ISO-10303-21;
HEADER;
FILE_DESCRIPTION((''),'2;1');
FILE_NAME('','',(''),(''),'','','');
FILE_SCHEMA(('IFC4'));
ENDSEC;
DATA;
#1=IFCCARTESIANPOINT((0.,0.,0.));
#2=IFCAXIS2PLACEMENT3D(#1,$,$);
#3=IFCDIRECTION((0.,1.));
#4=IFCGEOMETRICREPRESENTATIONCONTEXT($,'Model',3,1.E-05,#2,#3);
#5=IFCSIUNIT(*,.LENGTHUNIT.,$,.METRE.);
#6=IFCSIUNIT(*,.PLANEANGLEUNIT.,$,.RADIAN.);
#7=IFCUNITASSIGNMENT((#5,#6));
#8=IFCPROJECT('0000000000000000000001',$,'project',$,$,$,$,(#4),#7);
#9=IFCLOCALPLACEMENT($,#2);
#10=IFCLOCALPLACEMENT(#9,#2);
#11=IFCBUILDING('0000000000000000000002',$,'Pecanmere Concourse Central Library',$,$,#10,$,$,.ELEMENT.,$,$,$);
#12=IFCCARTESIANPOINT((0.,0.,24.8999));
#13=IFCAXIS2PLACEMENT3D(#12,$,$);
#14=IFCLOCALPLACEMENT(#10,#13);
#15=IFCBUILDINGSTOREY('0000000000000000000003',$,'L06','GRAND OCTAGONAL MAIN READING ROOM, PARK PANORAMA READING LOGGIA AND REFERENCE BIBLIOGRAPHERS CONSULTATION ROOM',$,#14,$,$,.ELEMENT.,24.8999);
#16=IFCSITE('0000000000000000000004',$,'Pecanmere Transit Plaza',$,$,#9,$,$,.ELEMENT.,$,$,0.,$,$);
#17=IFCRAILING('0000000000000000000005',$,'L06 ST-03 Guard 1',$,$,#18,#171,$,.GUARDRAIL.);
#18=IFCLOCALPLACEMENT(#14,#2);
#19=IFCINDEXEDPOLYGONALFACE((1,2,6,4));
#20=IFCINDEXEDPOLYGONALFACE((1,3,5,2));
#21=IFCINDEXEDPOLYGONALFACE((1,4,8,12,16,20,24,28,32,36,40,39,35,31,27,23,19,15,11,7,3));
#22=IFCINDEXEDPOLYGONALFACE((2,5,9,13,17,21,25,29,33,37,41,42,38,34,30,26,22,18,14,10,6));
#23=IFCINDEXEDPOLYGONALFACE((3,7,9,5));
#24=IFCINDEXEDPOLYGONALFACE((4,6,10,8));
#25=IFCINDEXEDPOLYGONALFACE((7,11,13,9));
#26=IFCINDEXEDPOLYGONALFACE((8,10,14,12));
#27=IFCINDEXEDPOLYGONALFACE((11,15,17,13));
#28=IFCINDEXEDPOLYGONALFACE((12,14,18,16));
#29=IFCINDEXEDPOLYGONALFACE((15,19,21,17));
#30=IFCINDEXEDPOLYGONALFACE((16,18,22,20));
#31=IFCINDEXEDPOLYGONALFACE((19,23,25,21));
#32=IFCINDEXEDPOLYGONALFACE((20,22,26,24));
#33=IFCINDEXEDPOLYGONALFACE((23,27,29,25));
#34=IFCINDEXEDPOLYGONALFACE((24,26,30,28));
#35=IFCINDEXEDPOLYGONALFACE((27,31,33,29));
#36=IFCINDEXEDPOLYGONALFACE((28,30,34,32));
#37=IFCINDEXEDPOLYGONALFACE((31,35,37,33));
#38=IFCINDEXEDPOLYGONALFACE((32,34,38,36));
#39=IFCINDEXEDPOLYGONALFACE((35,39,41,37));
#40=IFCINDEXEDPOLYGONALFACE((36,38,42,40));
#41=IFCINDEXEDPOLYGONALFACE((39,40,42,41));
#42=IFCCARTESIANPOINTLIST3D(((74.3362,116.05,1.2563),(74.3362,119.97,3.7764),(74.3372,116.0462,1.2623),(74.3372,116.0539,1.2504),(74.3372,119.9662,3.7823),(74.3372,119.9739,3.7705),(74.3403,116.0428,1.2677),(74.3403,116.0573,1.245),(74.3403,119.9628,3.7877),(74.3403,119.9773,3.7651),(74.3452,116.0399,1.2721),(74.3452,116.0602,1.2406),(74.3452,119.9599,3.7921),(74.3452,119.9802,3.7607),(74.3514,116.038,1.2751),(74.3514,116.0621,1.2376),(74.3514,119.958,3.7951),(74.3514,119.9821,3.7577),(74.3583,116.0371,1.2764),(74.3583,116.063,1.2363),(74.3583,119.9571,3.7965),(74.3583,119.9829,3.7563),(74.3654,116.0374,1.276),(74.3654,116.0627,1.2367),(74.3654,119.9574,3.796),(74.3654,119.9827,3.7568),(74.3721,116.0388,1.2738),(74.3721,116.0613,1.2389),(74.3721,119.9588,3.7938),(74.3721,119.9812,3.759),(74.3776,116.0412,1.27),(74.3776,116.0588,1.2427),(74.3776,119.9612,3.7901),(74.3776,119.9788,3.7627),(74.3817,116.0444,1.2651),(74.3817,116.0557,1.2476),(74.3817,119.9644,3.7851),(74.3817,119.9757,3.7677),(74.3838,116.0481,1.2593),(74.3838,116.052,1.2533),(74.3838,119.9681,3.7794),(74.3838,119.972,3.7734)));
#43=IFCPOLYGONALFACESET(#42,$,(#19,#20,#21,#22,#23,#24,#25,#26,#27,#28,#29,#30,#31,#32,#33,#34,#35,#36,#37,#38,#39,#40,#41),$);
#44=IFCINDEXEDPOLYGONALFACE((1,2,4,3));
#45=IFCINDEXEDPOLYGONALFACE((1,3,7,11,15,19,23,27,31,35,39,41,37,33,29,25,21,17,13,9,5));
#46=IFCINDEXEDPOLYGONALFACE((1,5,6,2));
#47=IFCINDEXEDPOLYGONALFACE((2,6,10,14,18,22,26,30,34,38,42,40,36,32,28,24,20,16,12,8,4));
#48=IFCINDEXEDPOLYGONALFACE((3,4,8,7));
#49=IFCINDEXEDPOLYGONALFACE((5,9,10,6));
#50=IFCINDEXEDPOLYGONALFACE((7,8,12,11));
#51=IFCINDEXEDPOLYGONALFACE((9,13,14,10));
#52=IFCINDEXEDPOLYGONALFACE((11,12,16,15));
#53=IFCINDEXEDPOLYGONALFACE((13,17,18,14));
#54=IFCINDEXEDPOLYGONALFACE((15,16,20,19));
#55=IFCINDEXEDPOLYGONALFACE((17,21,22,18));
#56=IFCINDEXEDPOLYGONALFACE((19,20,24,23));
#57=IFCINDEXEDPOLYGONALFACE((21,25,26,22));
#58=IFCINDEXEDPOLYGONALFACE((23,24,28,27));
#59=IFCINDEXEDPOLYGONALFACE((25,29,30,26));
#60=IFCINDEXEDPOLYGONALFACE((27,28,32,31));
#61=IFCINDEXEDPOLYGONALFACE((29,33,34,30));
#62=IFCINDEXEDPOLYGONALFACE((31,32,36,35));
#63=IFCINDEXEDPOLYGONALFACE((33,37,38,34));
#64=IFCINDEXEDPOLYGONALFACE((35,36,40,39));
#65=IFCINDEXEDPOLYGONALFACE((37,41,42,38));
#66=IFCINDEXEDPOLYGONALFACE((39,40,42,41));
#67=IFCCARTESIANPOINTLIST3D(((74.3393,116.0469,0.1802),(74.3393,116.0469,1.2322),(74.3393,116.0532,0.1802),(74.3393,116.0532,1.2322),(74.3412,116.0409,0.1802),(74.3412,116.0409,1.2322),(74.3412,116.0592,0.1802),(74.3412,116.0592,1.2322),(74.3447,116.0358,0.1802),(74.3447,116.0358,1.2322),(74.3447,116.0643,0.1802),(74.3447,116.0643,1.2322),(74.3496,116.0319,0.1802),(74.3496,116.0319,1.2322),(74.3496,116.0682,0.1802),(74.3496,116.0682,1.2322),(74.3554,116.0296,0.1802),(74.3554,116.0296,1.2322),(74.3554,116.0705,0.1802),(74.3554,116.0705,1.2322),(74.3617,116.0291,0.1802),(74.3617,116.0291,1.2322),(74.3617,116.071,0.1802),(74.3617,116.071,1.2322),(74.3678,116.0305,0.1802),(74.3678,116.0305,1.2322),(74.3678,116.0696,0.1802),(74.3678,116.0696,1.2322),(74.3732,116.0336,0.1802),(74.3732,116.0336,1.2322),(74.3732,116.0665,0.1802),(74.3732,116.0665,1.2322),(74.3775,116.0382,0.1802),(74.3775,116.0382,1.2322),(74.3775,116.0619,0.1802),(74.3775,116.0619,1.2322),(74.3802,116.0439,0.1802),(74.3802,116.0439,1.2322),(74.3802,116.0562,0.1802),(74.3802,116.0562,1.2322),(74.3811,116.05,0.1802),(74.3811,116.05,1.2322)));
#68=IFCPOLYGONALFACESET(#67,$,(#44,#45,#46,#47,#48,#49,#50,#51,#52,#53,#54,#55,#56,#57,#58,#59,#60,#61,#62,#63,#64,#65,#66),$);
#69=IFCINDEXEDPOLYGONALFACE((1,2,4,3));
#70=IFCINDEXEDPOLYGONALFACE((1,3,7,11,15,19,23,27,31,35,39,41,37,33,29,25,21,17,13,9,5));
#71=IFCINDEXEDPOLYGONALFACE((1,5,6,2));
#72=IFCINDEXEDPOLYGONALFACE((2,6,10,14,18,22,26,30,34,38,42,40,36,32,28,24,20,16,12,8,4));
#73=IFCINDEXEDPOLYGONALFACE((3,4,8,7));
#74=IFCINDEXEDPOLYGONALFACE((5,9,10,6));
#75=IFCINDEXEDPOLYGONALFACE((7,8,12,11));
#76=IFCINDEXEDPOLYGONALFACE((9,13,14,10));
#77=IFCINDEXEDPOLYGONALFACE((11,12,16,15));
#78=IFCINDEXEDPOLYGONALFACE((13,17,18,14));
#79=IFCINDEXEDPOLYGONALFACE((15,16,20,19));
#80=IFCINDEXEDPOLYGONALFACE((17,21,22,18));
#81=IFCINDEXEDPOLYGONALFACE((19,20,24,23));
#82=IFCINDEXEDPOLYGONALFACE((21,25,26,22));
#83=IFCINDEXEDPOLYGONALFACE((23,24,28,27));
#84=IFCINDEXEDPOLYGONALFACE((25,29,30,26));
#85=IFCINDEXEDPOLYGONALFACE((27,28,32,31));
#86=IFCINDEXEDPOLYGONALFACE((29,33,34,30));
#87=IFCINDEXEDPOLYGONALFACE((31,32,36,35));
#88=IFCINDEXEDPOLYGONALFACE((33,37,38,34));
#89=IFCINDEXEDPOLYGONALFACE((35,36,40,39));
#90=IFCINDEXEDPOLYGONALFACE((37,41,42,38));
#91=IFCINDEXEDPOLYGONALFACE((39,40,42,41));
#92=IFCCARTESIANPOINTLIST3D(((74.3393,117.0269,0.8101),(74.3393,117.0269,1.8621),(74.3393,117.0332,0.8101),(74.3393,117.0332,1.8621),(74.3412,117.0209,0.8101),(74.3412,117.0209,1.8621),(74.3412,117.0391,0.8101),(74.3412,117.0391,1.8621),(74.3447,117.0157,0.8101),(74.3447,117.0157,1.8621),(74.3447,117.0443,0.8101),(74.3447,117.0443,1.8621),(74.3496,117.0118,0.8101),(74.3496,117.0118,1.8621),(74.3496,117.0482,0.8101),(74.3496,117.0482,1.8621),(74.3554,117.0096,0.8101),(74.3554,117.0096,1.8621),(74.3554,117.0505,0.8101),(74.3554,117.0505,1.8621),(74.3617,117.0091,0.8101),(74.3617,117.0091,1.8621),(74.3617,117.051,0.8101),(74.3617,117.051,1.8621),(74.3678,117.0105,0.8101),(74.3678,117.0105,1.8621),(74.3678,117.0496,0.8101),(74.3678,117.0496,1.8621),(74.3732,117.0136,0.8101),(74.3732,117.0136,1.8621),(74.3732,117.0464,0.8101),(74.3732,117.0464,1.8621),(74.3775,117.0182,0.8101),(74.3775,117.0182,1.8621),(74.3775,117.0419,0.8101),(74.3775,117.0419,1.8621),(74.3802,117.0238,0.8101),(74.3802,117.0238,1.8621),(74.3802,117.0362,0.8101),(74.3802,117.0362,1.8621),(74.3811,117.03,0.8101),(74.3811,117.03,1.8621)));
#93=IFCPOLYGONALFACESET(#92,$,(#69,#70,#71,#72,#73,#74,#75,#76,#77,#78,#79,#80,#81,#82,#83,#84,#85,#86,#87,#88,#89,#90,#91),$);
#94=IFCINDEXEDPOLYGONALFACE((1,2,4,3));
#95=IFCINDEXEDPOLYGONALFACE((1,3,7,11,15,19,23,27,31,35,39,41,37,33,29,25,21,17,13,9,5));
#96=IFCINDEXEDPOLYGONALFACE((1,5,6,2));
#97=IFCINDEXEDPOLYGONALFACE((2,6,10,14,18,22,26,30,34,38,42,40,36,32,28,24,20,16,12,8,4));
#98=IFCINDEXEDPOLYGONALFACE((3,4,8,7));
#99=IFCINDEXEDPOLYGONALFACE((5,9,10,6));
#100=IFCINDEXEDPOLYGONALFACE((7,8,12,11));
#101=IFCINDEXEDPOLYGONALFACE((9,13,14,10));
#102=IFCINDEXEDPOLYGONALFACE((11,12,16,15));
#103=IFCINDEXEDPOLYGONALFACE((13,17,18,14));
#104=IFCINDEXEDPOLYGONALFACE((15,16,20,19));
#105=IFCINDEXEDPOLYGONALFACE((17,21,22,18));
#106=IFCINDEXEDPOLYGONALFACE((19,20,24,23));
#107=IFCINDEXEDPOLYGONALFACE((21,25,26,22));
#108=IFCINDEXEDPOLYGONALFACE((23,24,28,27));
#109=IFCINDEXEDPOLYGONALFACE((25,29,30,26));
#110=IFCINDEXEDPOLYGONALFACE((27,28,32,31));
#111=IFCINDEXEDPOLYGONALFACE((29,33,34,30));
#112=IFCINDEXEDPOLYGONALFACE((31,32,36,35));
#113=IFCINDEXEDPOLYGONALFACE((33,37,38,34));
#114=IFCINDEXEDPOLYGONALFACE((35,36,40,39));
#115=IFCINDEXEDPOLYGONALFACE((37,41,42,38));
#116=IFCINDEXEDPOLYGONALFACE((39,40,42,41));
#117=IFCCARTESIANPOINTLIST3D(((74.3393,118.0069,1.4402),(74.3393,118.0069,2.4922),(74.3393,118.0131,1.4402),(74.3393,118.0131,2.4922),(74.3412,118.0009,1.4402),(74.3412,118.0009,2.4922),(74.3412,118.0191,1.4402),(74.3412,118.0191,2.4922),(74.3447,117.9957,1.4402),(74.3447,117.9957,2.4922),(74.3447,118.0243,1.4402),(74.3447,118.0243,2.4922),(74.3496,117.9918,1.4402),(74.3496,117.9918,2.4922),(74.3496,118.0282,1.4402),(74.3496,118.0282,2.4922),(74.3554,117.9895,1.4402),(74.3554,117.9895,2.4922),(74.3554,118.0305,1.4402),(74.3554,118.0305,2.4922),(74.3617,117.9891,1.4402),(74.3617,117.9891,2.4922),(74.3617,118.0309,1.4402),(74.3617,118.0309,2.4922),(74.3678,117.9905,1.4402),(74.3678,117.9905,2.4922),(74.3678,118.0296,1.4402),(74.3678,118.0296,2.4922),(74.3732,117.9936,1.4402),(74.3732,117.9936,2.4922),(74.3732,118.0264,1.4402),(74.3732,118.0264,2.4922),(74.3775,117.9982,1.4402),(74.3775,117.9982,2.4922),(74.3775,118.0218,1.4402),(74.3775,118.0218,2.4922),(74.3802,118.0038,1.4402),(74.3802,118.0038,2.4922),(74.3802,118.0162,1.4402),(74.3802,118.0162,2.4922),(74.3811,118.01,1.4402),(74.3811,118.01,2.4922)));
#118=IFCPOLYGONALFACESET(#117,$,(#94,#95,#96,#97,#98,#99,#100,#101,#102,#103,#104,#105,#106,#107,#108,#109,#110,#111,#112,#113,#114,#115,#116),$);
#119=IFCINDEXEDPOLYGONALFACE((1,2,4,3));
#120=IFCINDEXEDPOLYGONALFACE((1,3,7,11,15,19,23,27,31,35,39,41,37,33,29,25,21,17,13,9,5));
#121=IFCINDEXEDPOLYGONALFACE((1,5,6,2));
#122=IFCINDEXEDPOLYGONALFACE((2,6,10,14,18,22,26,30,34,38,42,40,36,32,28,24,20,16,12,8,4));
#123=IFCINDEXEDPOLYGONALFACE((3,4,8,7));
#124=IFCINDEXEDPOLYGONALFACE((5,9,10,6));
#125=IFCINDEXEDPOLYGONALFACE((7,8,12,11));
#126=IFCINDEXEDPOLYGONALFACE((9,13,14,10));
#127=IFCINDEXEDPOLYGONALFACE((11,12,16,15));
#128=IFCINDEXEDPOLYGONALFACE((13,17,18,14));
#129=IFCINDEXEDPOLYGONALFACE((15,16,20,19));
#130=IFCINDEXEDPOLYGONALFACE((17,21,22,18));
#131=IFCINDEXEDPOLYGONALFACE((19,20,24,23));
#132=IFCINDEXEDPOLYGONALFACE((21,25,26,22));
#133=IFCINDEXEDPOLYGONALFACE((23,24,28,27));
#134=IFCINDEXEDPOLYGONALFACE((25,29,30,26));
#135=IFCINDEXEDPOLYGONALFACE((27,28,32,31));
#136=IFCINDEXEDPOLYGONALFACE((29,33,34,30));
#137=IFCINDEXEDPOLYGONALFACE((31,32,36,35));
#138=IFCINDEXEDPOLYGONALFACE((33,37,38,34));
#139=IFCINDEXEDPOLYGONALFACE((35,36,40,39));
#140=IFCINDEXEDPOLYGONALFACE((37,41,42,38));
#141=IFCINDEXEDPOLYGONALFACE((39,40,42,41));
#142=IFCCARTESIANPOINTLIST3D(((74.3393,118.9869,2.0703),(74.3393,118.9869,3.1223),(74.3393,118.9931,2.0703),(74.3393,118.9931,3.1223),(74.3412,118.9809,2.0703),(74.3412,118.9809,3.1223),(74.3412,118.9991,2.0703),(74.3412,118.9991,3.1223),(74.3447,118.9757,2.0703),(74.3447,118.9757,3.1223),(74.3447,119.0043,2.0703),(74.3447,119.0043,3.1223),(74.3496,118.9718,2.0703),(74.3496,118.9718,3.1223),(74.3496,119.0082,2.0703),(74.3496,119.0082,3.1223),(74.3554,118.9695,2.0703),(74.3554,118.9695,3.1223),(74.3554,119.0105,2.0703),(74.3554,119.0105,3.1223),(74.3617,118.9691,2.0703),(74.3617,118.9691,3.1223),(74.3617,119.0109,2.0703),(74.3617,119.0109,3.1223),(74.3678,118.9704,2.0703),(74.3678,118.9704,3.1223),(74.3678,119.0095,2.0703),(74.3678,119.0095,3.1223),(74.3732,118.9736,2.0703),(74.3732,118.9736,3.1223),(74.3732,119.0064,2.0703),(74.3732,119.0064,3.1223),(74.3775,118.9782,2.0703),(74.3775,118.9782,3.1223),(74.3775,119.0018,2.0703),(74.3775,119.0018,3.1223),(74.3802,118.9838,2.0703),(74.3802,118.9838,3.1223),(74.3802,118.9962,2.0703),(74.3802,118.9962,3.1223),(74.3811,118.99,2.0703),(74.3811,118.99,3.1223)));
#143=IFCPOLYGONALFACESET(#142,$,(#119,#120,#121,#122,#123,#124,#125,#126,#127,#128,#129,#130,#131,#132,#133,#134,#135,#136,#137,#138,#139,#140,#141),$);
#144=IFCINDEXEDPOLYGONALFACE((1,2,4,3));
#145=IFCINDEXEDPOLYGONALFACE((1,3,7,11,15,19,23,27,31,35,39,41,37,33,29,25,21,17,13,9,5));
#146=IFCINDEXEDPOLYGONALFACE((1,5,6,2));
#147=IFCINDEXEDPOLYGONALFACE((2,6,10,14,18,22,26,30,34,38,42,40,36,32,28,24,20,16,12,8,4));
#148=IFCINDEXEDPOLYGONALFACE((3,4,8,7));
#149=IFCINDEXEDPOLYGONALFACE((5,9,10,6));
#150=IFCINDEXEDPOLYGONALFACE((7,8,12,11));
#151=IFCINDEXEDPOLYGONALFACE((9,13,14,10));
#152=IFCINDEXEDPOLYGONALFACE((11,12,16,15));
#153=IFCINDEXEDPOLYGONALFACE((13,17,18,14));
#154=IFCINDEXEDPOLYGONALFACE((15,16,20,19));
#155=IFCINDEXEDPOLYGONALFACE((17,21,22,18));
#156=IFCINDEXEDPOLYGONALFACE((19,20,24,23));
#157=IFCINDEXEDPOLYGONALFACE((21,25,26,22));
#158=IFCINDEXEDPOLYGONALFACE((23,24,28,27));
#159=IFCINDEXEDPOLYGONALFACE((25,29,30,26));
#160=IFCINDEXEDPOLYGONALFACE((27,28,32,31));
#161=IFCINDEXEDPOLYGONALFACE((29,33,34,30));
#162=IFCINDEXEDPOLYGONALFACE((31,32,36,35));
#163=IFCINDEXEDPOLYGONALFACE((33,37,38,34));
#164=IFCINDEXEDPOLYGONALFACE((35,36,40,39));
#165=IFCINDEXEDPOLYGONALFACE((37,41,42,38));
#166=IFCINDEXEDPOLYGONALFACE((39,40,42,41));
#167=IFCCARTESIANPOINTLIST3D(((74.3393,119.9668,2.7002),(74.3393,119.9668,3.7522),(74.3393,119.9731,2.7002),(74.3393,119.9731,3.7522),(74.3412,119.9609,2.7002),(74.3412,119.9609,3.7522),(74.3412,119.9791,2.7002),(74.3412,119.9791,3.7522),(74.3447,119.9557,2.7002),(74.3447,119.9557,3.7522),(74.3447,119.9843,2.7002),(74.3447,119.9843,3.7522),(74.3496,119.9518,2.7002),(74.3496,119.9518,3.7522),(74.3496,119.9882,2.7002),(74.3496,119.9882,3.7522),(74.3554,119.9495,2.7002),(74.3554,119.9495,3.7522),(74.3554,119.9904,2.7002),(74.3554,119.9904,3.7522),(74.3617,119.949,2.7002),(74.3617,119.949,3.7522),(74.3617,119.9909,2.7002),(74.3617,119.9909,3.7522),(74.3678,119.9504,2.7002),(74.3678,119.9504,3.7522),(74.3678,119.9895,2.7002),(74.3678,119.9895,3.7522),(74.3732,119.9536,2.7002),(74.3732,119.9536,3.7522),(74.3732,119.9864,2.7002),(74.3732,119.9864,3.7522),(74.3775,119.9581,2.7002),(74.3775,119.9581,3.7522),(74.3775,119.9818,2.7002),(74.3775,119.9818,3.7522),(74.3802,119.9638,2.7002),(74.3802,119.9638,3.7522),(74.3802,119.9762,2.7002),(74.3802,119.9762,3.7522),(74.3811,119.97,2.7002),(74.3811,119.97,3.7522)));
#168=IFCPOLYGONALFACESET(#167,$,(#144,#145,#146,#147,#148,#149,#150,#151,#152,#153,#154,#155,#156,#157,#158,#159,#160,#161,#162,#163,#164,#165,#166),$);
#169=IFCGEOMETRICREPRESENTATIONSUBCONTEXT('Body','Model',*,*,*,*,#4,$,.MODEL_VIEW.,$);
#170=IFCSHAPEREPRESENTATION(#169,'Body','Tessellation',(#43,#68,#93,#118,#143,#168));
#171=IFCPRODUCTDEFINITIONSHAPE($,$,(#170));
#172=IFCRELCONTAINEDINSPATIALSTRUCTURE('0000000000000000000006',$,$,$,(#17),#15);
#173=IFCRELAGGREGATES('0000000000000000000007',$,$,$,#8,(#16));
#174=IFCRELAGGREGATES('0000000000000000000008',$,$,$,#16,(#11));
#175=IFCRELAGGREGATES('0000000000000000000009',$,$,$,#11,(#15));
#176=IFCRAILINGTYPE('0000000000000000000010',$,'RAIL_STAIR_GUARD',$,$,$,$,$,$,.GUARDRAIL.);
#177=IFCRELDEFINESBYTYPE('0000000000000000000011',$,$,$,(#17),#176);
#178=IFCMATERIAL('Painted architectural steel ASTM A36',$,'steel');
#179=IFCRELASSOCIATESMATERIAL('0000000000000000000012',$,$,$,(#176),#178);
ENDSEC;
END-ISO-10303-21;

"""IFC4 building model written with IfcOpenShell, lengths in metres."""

from ifc_helpers import new_model, si_unit, direction, frame, origin, origin_2d, place, context, subcontext, project, spatial, circle, extrude, material, type_object, element, save


model = new_model("IFC4")

# Units and contexts
model_context = context("Model", 3, precision=1e-05, world=origin(), true_north=direction((0.0, 1.0)))
body_context = subcontext(model_context, "Body", "Model", "MODEL_VIEW")
ifc_project = project(units=[si_unit("LENGTHUNIT", "METRE"), si_unit("PLANEANGLEUNIT", "RADIAN")], contexts=[model_context])

# Site, building, storey
site_placement = place(None, origin())
site = spatial("IfcSite", under=ifc_project, at=site_placement, Name="Pecanmere Transit Plaza", CompositionType="ELEMENT", RefElevation=0.0)
building_placement = place(site_placement, origin())
building = spatial("IfcBuilding", under=site, at=building_placement, Name="Pecanmere Concourse Central Library", CompositionType="ELEMENT")
storey_placement = place(building_placement, frame((0.0, 0.0, 24.8999)))
storey = spatial("IfcBuildingStorey", under=building, at=storey_placement, Name="L06", Description="GRAND OCTAGONAL MAIN READING ROOM, PARK PANORAMA READING LOGGIA AND REFERENCE BIBLIOGRAPHERS CONSULTATION ROOM", CompositionType="ELEMENT", Elevation=24.8999)

# Railing
ifc_material_1 = material(Name="Painted architectural steel ASTM A36", Category="steel")
railing_type_1 = type_object("IfcRailingType", Name="RAIL_STAIR_GUARD", PredefinedType="GUARDRAIL", material=ifc_material_1)
railing_1_placement = place(storey_placement, frame((74.3601, 116.05, 0.1802)))
element("IfcRailing", 1, at=railing_1_placement, inside=storey, type_object=railing_type_1, Name="L06 ST-03 Guard 1", PredefinedType="GUARDRAIL", context=body_context, shape_type="SweptSolid", body=[
    extrude(circle(Radius=0.0239, at=origin_2d()), frame((0.0, 0.0, 1.0762), z_axis=(0.0, 0.841172, 0.540768), x_axis=(-1.0, 0.0, 0.0)), (0.0, 0.0, 1.0), 4.6602),
    extrude(circle(Radius=0.021, at=origin_2d()), origin(), (0.0, 0.0, 1.0), 1.052),
    extrude(circle(Radius=0.021, at=origin_2d()), frame((0.0, 0.98, 0.6299)), (0.0, 0.0, 1.0), 1.052),
    extrude(circle(Radius=0.021, at=origin_2d()), frame((0.0, 1.96, 1.26)), (0.0, 0.0, 1.0), 1.052),
    extrude(circle(Radius=0.021, at=origin_2d()), frame((0.0, 2.9399, 1.8901)), (0.0, 0.0, 1.0), 1.052),
    extrude(circle(Radius=0.021, at=origin_2d()), frame((0.0, 3.9199, 2.52)), (0.0, 0.0, 1.0), 1.052),
])

save(model, "model.ifc")
